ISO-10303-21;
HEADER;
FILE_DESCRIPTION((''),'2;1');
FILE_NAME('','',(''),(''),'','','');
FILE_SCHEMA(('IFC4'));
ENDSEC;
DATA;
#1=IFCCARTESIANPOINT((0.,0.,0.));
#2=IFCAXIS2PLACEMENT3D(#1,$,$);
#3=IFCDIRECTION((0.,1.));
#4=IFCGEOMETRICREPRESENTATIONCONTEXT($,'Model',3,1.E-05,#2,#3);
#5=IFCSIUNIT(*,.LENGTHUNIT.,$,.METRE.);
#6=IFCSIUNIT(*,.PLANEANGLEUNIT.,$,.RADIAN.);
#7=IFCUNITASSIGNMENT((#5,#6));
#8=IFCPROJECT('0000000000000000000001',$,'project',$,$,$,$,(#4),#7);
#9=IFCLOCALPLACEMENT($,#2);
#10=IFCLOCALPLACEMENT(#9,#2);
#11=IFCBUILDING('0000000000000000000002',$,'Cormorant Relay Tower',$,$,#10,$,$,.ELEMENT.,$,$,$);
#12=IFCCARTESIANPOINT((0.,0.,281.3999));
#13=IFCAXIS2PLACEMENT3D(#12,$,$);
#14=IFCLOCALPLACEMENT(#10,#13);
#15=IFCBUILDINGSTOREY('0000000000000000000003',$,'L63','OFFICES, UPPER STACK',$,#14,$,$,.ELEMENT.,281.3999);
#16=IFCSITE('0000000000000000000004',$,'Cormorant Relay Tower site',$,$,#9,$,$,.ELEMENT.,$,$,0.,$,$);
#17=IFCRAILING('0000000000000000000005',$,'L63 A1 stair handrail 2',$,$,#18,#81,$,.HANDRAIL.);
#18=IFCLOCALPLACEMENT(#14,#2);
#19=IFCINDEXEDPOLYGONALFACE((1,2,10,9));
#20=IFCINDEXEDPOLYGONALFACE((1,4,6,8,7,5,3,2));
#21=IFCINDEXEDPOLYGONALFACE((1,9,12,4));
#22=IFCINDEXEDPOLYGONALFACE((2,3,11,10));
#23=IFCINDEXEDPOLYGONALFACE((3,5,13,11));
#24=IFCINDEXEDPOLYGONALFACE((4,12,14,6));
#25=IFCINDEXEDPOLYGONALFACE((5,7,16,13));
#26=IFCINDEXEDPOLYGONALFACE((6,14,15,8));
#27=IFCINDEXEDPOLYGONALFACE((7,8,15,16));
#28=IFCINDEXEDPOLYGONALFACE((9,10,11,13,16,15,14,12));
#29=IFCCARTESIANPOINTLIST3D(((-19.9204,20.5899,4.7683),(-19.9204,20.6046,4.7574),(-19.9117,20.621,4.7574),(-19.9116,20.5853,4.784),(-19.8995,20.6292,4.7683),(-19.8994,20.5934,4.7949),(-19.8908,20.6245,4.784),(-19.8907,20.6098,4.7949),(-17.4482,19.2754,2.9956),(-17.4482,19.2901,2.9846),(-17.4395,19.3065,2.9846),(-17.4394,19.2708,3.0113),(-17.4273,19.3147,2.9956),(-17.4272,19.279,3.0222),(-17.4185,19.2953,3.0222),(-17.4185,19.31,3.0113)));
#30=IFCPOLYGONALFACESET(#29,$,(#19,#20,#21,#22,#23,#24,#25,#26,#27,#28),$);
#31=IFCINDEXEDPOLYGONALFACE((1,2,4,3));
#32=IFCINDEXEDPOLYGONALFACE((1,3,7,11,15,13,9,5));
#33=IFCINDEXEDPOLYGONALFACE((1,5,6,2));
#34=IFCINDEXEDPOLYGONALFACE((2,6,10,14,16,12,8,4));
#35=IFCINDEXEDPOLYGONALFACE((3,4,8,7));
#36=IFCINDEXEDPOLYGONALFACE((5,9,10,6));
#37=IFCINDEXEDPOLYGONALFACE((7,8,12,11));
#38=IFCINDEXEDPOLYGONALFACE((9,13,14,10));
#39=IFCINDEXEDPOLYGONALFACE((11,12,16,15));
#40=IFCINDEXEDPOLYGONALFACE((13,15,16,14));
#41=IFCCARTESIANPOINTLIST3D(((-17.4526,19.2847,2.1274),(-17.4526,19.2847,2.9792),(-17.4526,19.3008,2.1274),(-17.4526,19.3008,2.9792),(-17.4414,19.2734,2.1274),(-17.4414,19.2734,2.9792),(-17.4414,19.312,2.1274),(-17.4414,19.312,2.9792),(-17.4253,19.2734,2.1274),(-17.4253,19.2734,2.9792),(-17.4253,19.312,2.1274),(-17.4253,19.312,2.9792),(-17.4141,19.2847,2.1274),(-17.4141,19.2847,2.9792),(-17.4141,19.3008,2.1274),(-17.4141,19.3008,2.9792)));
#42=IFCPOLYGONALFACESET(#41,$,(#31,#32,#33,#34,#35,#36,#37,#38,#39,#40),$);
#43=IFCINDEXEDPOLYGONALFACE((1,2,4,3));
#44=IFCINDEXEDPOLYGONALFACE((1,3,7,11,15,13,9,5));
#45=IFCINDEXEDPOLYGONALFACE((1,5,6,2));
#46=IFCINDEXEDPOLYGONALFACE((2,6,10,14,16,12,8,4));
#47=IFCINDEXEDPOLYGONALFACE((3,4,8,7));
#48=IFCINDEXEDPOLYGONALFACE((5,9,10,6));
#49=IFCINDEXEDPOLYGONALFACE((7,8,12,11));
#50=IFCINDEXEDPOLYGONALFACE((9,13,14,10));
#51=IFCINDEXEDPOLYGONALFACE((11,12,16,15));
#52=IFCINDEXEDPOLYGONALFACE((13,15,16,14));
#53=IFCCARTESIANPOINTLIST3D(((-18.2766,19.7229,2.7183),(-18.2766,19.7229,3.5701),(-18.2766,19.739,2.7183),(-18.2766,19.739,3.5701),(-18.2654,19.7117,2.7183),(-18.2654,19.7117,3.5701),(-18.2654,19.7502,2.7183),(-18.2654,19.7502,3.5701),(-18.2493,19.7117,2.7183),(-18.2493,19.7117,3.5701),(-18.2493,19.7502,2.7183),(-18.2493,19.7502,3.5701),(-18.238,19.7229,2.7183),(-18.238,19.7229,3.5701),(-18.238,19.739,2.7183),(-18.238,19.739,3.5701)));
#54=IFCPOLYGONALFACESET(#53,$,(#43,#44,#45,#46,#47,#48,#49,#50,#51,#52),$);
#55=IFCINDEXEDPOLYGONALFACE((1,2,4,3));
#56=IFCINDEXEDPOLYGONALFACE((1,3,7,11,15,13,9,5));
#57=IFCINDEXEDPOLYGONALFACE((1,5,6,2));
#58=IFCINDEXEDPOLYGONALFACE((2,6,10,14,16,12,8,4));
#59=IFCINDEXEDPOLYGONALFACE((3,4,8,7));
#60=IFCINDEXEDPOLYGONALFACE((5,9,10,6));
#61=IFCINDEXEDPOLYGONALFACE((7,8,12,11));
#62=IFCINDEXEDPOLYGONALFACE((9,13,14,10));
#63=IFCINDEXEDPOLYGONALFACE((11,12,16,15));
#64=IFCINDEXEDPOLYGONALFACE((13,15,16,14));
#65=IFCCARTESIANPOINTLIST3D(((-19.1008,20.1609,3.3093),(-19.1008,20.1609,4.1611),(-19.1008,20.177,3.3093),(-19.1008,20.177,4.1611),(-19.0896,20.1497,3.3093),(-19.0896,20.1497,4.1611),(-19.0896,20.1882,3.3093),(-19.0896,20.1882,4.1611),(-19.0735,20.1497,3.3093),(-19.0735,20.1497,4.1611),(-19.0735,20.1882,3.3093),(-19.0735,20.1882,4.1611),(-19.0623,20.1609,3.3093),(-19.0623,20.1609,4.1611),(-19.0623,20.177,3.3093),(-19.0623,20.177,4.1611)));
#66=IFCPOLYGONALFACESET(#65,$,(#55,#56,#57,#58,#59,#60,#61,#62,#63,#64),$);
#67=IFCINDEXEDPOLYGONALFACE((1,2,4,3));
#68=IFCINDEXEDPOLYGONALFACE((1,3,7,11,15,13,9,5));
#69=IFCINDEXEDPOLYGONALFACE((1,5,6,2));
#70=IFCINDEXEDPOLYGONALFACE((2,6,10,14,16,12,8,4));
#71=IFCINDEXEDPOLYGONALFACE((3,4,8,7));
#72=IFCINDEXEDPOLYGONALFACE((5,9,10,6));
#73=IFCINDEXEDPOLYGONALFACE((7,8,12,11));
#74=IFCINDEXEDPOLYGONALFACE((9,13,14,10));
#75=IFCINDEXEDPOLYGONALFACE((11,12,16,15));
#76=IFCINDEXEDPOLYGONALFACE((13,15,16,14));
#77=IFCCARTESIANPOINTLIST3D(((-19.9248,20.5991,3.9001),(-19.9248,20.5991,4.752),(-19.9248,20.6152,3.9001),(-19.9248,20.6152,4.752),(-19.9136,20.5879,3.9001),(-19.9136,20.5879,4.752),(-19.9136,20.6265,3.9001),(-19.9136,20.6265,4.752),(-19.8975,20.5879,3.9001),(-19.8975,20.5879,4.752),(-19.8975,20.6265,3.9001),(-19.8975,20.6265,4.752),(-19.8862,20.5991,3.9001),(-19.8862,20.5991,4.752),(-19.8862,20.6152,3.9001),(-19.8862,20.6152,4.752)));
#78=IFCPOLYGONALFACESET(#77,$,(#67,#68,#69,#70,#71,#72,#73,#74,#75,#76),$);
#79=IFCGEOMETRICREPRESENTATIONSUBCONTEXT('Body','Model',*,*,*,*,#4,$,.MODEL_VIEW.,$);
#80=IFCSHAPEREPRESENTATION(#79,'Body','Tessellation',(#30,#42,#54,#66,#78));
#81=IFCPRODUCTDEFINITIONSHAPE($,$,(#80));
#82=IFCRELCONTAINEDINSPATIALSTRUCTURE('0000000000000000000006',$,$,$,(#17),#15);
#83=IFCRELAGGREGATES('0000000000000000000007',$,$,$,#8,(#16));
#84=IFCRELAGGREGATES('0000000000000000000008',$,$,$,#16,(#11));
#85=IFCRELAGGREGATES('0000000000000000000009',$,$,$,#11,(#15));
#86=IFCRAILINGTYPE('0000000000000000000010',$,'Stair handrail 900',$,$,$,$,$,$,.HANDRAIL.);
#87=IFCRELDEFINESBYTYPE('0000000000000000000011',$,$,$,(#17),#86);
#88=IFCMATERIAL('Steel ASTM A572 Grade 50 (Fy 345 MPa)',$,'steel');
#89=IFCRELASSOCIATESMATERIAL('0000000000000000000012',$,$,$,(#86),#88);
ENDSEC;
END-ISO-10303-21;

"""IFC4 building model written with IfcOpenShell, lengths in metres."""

from ifc_helpers import new_model, si_unit, direction, frame, origin, place, context, subcontext, project, spatial, polyline, outline, extrude, material, type_object, element, save


model = new_model("IFC4")

# Units and contexts
model_context = context("Model", 3, precision=1e-05, world=origin(), true_north=direction((0.0, 1.0)))
body_context = subcontext(model_context, "Body", "Model", "MODEL_VIEW")
ifc_project = project(units=[si_unit("LENGTHUNIT", "METRE"), si_unit("PLANEANGLEUNIT", "RADIAN")], contexts=[model_context])

# Site, building, storey
site_placement = place(None, origin())
site = spatial("IfcSite", under=ifc_project, at=site_placement, Name="Cormorant Relay Tower site", CompositionType="ELEMENT", RefElevation=0.0)
building_placement = place(site_placement, origin())
building = spatial("IfcBuilding", under=site, at=building_placement, Name="Cormorant Relay Tower", CompositionType="ELEMENT")
storey_placement = place(building_placement, frame((0.0, 0.0, 281.3999)))
storey = spatial("IfcBuildingStorey", under=building, at=storey_placement, Name="L63", Description="OFFICES, UPPER STACK", CompositionType="ELEMENT", Elevation=281.3999)

# Railing
ifc_material_1 = material(Name="Steel ASTM A572 Grade 50 (Fy 345 MPa)", Category="steel")
railing_type_1 = type_object("IfcRailingType", Name="Stair handrail 900", PredefinedType="HANDRAIL", material=ifc_material_1)
railing_1_placement = place(storey_placement, frame((-17.4333, 19.2927, 2.1274)))
element("IfcRailing", 1, at=railing_1_placement, inside=storey, type_object=railing_type_1, Name="L63 A1 stair handrail 2", PredefinedType="HANDRAIL", context=body_context, shape_type="SweptSolid", body=[
    extrude(outline(polyline([(0.0222, 0.0093), (0.0093, 0.0222), (-0.0093, 0.0222), (-0.0222, 0.0093), (-0.0222, -0.0093), (-0.0093, -0.0222), (0.0093, -0.0222), (0.0222, -0.0093), (0.0222, 0.0093)])), frame((0.0, 0.0, 0.876), z_axis=(-0.746001, 0.396649, 0.534931), x_axis=(-0.469465, -0.882951, 0.0)), (0.0, 0.0, 1.0), 3.314),
    extrude(outline(polyline([(0.0193, 0.0081), (0.0081, 0.0193), (-0.0081, 0.0193), (-0.0193, 0.0081), (-0.0193, -0.0081), (-0.0081, -0.0193), (0.0081, -0.0193), (0.0193, -0.0081), (0.0193, 0.0081)])), origin(), (0.0, 0.0, 1.0), 0.8518),
    extrude(outline(polyline([(0.0193, 0.0081), (0.0081, 0.0193), (-0.0081, 0.0193), (-0.0193, 0.0081), (-0.0193, -0.0081), (-0.0081, -0.0193), (0.0081, -0.0193), (0.0193, -0.0081), (0.0193, 0.0081)])), frame((-0.824, 0.4382, 0.5908)), (0.0, 0.0, 1.0), 0.8518),
    extrude(outline(polyline([(0.0193, 0.0081), (0.0081, 0.0193), (-0.0081, 0.0193), (-0.0193, 0.0081), (-0.0193, -0.0081), (-0.0081, -0.0193), (0.0081, -0.0193), (0.0193, -0.0081), (0.0193, 0.0081)])), frame((-1.6482, 0.8762, 1.1819)), (0.0, 0.0, 1.0), 0.8518),
    extrude(outline(polyline([(0.0193, 0.0081), (0.0081, 0.0193), (-0.0081, 0.0193), (-0.0193, 0.0081), (-0.0193, -0.0081), (-0.0081, -0.0193), (0.0081, -0.0193), (0.0193, -0.0081), (0.0193, 0.0081)])), frame((-2.4722, 1.3145, 1.7727)), (0.0, 0.0, 1.0), 0.8518),
])

save(model, "model.ifc")
